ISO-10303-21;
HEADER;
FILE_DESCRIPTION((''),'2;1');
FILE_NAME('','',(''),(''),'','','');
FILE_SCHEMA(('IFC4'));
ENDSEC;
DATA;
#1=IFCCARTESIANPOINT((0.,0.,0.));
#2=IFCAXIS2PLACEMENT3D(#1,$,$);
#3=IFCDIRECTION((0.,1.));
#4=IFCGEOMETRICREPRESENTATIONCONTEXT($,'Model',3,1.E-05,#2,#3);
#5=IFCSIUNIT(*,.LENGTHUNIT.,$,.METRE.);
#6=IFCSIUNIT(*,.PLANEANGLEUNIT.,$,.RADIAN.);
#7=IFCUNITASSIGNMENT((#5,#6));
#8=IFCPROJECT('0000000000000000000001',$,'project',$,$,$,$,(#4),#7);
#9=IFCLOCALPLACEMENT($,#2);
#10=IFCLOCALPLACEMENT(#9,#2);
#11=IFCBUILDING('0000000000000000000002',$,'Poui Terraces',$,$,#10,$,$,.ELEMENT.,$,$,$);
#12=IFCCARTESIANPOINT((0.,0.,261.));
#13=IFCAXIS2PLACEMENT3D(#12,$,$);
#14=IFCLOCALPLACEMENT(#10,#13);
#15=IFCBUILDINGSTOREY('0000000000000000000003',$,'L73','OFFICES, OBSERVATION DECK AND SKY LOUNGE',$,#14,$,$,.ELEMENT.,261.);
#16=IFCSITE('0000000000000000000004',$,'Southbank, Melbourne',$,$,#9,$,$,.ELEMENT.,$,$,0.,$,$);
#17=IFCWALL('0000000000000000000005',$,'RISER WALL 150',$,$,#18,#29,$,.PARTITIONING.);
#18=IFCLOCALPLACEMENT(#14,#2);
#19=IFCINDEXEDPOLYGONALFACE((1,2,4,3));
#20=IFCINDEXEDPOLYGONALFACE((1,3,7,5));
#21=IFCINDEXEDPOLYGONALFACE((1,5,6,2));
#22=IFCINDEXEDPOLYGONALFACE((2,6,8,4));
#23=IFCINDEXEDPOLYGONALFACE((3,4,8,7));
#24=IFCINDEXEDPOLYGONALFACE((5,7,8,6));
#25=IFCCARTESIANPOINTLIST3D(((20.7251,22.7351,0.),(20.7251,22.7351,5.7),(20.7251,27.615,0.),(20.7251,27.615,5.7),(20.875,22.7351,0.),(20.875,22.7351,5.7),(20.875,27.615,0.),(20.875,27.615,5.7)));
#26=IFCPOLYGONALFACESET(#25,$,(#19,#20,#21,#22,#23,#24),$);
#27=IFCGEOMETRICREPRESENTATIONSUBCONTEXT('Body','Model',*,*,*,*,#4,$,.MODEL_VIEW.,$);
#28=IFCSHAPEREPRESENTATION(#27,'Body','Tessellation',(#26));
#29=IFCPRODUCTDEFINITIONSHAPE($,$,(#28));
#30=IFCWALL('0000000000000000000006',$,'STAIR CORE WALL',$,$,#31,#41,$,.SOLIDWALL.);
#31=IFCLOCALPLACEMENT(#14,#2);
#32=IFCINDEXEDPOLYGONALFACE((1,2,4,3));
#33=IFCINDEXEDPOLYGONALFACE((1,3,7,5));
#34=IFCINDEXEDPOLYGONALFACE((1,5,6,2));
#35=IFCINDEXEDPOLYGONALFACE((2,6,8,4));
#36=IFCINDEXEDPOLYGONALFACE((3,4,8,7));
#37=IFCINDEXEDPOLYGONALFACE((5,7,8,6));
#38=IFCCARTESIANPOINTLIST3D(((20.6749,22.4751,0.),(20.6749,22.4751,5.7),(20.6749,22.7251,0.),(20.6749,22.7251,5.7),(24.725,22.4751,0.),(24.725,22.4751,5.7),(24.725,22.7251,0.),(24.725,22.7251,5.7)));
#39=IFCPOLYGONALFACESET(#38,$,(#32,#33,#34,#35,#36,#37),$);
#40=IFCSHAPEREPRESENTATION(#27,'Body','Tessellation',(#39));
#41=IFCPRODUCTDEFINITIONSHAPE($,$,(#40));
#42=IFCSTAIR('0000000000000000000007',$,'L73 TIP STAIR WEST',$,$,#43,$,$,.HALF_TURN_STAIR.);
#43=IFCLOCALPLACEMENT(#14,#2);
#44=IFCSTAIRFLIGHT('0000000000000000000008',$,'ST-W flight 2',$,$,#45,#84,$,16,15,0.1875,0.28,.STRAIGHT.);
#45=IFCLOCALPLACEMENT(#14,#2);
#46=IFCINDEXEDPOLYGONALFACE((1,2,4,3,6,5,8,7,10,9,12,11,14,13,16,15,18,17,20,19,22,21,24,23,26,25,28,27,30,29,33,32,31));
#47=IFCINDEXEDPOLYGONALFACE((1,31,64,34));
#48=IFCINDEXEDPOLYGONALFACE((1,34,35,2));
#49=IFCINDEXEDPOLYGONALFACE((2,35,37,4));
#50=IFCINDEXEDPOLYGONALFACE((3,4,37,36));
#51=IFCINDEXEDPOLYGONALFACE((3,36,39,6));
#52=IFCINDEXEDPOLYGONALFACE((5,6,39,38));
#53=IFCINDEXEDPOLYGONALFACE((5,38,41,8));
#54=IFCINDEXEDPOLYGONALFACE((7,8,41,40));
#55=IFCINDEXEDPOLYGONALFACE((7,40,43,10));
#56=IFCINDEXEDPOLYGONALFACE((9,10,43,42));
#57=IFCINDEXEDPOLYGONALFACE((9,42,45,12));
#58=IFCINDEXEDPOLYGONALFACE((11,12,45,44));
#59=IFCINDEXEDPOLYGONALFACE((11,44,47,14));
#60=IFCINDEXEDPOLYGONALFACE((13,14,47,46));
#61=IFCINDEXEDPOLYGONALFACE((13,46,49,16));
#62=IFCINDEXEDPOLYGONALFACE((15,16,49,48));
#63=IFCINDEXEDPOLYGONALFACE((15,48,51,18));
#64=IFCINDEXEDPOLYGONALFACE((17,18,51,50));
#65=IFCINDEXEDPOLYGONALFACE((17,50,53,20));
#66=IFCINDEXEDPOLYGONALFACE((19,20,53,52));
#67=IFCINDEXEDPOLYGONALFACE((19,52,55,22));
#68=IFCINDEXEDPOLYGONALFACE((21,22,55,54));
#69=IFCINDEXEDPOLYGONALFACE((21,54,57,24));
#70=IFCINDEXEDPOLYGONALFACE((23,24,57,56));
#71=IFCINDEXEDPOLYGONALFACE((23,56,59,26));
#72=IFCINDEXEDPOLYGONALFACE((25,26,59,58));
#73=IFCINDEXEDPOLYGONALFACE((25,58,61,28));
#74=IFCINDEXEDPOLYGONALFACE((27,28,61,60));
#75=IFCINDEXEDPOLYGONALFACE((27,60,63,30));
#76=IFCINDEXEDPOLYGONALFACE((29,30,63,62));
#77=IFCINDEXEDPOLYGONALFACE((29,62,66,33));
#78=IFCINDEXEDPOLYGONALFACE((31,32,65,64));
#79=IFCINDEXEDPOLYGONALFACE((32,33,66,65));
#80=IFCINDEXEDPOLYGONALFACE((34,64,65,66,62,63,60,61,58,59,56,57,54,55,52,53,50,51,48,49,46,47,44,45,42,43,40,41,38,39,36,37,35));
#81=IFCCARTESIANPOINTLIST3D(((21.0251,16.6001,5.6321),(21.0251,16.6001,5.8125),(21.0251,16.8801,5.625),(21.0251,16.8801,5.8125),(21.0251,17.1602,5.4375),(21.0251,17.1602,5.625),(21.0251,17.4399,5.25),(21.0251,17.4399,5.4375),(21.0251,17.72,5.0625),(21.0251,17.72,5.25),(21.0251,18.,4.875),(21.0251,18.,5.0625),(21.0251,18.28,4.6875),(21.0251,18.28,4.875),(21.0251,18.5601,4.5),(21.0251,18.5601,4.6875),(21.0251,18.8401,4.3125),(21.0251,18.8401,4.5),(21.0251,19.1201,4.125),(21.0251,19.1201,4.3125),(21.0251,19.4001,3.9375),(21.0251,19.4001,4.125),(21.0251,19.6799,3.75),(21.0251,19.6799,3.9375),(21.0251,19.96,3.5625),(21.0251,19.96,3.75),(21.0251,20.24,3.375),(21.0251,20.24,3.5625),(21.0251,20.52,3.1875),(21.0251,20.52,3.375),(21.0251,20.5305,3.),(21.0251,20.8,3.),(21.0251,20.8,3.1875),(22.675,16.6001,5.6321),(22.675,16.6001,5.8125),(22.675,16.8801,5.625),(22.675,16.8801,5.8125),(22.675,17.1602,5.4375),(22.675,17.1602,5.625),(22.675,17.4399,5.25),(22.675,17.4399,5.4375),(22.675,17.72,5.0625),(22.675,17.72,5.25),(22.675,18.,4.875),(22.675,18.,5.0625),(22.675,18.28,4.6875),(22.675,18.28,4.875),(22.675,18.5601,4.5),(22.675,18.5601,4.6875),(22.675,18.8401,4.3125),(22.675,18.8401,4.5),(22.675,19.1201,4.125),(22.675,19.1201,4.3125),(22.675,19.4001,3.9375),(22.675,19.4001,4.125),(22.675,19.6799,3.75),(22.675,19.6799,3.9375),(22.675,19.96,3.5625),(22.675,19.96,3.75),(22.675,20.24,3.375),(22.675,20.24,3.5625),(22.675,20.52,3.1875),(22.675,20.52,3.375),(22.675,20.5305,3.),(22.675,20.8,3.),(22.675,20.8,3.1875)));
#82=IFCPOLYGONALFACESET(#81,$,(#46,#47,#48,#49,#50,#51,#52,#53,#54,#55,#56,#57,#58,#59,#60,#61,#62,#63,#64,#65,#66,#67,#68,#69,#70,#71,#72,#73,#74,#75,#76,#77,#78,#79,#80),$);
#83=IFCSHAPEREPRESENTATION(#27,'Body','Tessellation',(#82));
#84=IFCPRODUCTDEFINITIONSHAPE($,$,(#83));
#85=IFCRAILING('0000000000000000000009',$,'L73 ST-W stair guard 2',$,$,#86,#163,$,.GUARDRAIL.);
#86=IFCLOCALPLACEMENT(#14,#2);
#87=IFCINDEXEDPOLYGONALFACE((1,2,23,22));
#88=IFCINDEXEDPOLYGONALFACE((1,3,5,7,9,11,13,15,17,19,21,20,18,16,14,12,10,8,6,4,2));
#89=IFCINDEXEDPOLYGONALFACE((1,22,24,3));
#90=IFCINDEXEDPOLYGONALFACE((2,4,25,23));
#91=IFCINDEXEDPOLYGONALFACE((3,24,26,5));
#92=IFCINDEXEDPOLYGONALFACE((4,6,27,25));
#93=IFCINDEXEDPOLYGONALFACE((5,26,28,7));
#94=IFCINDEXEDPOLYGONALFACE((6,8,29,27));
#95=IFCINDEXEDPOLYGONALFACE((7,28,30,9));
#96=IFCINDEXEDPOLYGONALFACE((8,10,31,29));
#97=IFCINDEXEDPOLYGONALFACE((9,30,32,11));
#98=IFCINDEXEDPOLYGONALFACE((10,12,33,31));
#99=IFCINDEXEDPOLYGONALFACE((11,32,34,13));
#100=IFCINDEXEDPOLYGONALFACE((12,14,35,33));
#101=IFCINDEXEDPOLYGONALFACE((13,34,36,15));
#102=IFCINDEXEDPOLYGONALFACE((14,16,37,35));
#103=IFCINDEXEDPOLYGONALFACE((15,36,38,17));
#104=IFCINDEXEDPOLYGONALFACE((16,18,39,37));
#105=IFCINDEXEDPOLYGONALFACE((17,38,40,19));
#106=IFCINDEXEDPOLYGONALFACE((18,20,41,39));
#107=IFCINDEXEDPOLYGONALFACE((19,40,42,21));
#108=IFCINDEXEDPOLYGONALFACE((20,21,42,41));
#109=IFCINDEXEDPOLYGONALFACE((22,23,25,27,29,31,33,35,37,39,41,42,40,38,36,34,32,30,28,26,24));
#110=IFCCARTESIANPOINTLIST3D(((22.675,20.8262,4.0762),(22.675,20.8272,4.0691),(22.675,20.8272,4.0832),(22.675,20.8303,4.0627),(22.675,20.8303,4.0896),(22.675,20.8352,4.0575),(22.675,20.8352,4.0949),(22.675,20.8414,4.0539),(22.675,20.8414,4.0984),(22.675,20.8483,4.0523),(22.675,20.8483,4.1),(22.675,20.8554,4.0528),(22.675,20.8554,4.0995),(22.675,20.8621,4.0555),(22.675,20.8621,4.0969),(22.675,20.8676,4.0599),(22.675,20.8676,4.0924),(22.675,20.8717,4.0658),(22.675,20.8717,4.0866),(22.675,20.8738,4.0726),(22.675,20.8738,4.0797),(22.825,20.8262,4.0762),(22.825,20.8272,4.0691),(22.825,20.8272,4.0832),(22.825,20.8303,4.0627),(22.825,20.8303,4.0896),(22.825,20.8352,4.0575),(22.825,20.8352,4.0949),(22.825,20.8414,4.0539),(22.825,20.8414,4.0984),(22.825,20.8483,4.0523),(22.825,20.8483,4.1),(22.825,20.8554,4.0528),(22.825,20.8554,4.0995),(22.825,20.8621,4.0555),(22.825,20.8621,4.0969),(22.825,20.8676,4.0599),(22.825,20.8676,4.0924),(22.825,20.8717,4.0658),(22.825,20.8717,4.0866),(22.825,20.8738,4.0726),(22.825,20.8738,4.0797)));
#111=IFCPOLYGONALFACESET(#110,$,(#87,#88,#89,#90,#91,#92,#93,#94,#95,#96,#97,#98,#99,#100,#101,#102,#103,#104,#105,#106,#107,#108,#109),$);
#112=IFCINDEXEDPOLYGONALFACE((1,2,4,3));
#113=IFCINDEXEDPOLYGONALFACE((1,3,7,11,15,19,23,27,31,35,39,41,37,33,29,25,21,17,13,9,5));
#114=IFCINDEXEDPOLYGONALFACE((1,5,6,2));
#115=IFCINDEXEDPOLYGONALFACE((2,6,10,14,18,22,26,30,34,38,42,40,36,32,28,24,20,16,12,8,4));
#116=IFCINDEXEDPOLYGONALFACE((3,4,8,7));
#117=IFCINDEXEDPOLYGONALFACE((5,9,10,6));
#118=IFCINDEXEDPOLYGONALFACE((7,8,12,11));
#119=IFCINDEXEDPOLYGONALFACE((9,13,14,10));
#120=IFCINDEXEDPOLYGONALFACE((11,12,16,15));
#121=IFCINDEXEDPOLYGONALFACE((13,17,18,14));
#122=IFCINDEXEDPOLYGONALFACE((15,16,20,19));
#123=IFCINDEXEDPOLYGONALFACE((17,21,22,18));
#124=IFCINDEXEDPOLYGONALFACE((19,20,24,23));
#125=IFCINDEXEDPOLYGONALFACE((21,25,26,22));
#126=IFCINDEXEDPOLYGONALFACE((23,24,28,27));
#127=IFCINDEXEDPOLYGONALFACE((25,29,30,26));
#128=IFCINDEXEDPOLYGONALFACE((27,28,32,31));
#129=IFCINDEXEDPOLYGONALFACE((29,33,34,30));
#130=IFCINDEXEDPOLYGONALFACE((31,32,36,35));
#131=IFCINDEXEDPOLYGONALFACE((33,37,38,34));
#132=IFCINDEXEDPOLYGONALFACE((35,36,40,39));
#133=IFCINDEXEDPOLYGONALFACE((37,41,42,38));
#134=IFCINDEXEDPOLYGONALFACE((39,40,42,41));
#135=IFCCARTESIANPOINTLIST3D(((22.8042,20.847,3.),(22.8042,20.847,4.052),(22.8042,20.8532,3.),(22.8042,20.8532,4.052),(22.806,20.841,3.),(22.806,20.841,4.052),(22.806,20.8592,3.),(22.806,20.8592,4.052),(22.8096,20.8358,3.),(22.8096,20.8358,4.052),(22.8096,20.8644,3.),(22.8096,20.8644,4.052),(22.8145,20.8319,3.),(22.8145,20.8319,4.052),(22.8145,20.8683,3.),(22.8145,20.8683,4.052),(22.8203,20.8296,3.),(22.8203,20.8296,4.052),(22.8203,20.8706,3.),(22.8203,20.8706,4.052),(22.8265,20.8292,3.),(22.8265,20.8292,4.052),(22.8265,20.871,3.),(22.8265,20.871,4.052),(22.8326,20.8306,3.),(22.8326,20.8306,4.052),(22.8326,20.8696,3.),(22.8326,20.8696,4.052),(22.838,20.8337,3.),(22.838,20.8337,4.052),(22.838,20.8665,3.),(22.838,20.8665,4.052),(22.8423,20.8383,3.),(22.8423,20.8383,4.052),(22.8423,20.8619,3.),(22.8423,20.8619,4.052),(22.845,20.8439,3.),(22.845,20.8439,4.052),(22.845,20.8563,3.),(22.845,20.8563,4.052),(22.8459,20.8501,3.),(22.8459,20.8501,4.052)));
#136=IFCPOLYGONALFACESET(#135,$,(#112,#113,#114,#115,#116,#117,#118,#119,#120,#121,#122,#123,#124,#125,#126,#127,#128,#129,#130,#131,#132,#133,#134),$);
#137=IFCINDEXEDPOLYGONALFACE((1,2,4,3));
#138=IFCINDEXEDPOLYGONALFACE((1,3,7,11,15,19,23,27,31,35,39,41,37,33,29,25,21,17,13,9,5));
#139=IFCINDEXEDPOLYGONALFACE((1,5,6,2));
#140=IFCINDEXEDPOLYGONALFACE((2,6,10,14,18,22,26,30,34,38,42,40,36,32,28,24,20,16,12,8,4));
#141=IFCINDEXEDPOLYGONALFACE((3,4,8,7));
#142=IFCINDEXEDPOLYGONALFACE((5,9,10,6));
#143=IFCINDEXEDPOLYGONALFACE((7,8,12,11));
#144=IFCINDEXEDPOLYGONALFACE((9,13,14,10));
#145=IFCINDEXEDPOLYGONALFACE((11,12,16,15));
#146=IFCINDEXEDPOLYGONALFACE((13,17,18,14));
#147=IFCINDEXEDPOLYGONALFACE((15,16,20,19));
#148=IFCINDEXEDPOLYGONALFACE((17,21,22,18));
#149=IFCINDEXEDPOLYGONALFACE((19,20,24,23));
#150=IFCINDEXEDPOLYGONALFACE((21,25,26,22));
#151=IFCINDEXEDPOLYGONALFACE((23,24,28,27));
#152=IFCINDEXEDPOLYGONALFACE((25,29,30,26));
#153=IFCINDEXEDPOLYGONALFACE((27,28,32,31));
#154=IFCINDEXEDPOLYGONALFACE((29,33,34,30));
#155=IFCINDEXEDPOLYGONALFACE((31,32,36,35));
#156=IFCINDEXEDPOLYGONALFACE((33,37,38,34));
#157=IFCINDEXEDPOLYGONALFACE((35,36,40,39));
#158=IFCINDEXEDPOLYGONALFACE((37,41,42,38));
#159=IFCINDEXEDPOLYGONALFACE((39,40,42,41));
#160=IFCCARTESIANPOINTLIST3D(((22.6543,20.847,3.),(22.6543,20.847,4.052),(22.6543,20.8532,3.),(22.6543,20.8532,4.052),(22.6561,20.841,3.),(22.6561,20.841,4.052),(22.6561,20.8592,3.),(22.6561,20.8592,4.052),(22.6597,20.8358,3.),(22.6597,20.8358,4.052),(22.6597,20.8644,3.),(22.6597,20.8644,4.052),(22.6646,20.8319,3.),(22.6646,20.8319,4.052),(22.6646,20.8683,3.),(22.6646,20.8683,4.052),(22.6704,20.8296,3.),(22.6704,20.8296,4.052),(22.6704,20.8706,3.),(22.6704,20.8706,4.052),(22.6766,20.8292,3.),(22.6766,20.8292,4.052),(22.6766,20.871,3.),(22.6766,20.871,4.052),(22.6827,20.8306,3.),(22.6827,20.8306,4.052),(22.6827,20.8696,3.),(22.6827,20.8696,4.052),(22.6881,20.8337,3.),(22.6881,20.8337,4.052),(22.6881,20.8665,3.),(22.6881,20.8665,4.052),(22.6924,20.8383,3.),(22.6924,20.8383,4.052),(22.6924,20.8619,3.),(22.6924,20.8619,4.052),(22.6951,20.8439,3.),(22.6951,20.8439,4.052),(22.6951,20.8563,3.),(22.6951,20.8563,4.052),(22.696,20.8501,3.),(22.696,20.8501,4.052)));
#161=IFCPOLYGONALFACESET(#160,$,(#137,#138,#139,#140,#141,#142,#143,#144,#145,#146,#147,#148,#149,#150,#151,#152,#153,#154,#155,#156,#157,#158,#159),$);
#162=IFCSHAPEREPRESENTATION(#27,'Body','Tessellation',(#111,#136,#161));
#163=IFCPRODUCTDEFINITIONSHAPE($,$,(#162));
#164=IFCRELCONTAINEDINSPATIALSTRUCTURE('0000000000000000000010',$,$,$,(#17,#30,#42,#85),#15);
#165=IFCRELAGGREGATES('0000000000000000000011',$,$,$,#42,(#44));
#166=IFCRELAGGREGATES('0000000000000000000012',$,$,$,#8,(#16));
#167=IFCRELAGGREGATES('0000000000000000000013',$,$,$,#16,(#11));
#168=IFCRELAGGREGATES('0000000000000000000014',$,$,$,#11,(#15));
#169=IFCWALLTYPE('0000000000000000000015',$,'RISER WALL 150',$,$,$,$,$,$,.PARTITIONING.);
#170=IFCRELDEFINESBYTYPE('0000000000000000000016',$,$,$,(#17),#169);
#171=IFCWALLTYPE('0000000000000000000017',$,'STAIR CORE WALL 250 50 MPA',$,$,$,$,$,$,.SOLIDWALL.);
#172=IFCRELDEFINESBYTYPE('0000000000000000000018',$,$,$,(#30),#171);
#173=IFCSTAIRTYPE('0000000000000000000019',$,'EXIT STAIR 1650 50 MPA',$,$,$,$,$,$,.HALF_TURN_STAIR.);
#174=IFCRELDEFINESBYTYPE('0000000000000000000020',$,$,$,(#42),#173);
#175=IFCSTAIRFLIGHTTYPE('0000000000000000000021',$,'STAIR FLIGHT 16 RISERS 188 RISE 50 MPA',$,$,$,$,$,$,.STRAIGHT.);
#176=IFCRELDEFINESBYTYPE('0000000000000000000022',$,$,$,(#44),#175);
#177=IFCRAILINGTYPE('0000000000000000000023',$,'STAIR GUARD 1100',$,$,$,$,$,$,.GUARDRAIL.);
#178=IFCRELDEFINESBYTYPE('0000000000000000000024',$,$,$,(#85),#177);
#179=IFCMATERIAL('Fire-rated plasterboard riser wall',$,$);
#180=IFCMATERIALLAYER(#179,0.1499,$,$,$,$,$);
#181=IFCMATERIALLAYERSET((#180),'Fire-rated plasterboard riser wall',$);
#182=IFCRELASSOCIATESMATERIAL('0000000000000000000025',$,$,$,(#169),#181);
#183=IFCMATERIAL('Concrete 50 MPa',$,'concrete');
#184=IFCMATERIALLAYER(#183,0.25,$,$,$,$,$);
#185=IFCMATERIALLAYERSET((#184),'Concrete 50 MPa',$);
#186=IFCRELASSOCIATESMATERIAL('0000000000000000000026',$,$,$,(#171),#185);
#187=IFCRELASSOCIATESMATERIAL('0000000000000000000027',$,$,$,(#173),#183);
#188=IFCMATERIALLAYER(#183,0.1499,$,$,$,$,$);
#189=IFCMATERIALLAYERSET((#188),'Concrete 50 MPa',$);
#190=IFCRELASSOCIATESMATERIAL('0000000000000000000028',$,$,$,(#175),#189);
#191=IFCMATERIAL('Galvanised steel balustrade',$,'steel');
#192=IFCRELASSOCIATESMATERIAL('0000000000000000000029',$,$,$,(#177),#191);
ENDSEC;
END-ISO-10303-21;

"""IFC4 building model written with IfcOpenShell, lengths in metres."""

from ifc_helpers import new_model, si_unit, direction, frame, frame_2d, origin, origin_2d, place, context, subcontext, project, spatial, polyline, rectangle, circle, outline, extrude, material, layer, layer_set, type_object, element, aggregate, save


model = new_model("IFC4")

# Units and contexts
model_context = context("Model", 3, precision=1e-05, world=origin(), true_north=direction((0.0, 1.0)))
body_context = subcontext(model_context, "Body", "Model", "MODEL_VIEW")
ifc_project = project(units=[si_unit("LENGTHUNIT", "METRE"), si_unit("PLANEANGLEUNIT", "RADIAN")], contexts=[model_context])

# Site, building, storey
site_placement = place(None, origin())
site = spatial("IfcSite", under=ifc_project, at=site_placement, Name="Southbank, Melbourne", CompositionType="ELEMENT", RefElevation=0.0)
building_placement = place(site_placement, origin())
building = spatial("IfcBuilding", under=site, at=building_placement, Name="Poui Terraces", CompositionType="ELEMENT")
storey_placement = place(building_placement, frame((0.0, 0.0, 261.0)))
storey = spatial("IfcBuildingStorey", under=building, at=storey_placement, Name="L73", Description="OFFICES, OBSERVATION DECK AND SKY LOUNGE", CompositionType="ELEMENT", Elevation=261.0)

# Walls
ifc_material_1 = material(Name="Fire-rated plasterboard riser wall")
ifc_layer_1 = layer(ifc_material_1, 0.1499)
ifc_layer_set_1 = layer_set([ifc_layer_1], Name="Fire-rated plasterboard riser wall")
wall_type_1 = type_object("IfcWallType", Name="RISER WALL 150", PredefinedType="PARTITIONING", material=ifc_layer_set_1)
wall_1_placement = place(storey_placement, frame((20.8, 22.7351, 0.0), z_axis=(0.0, 0.0, 1.0), x_axis=(0.0, 1.0, 0.0)))
element("IfcWall", 1, at=wall_1_placement, inside=storey, type_object=wall_type_1, Name="RISER WALL 150", PredefinedType="PARTITIONING", context=body_context, shape_type="SweptSolid", body=[
    extrude(rectangle(XDim=4.8799, YDim=0.1499, at=frame_2d((2.4399, 0.0))), origin(), (0.0, 0.0, 1.0), 5.7),
])
ifc_material_2 = material(Name="Concrete 50 MPa", Category="concrete")
ifc_layer_2 = layer(ifc_material_2, 0.25)
ifc_layer_set_2 = layer_set([ifc_layer_2], Name="Concrete 50 MPa")
wall_type_2 = type_object("IfcWallType", Name="STAIR CORE WALL 250 50 MPA", PredefinedType="SOLIDWALL", material=ifc_layer_set_2)
wall_2_placement = place(storey_placement, frame((20.675, 22.6001, 0.0), z_axis=(0.0, 0.0, 1.0), x_axis=(1.0, 0.0, 0.0)))
element("IfcWall", 2, at=wall_2_placement, inside=storey, type_object=wall_type_2, Name="STAIR CORE WALL", PredefinedType="SOLIDWALL", context=body_context, shape_type="SweptSolid", body=[
    extrude(rectangle(XDim=4.05, YDim=0.25, at=frame_2d((2.0249, 0.0))), origin(), (0.0, 0.0, 1.0), 5.7),
])

# Stair, stair flight
stair_type = type_object("IfcStairType", Name="EXIT STAIR 1650 50 MPA", PredefinedType="HALF_TURN_STAIR", material=ifc_material_2)
stair_placement = place(storey_placement, origin())
stair = element("IfcStair", 3, at=stair_placement, inside=storey, type_object=stair_type, Name="L73 TIP STAIR WEST", PredefinedType="HALF_TURN_STAIR")
ifc_layer_3 = layer(ifc_material_2, 0.1499)
ifc_layer_set_3 = layer_set([ifc_layer_3], Name="Concrete 50 MPa")
stair_flight_type = type_object("IfcStairFlightType", Name="STAIR FLIGHT 16 RISERS 188 RISE 50 MPA", PredefinedType="STRAIGHT", material=ifc_layer_set_3)
stair_flight_placement = place(storey_placement, frame((21.8501, 20.8, 3.0), z_axis=(0.0, 0.0, 1.0), x_axis=(0.0, -1.0, 0.0)))
stair_flight = element("IfcStairFlight", 4, at=stair_flight_placement, type_object=stair_flight_type, Name="ST-W flight 2", NumberOfRisers=16, NumberOfTreads=15, PredefinedType="STRAIGHT", RiserHeight=0.1875, TreadLength=0.28, context=body_context, shape_type="SweptSolid", body=[
    extrude(outline(polyline([(0.0, 0.0), (0.0, 0.1875), (0.28, 0.1875), (0.28, 0.375), (0.5601, 0.375), (0.5601, 0.5625), (0.8401, 0.5625), (0.8401, 0.75), (1.1201, 0.75), (1.1201, 0.9375), (1.3999, 0.9375), (1.3999, 1.125), (1.6799, 1.125), (1.6799, 1.3125), (1.96, 1.3125), (1.96, 1.5), (2.24, 1.5), (2.24, 1.6875), (2.52, 1.6875), (2.52, 1.875), (2.8, 1.875), (2.8, 2.0625), (3.0801, 2.0625), (3.0801, 2.25), (3.3601, 2.25), (3.3601, 2.4375), (3.6399, 2.4375), (3.6399, 2.625), (3.9199, 2.625), (3.9199, 2.8125), (4.2, 2.8125), (4.2, 3.0), (4.2, 2.6321), (0.2695, 0.0), (0.0, 0.0)])), frame((0.0, 0.825, 0.0), z_axis=(0.0, -1.0, 0.0), x_axis=(1.0, 0.0, 0.0)), (0.0, 0.0, 1.0), 1.6499),
])
aggregate(stair, [stair_flight])

# Railing
ifc_material_3 = material(Name="Galvanised steel balustrade", Category="steel")
railing_type_1 = type_object("IfcRailingType", Name="STAIR GUARD 1100", PredefinedType="GUARDRAIL", material=ifc_material_3)
railing_1_placement = place(storey_placement, frame((22.825, 20.8501, 3.0)))
element("IfcRailing", 5, at=railing_1_placement, inside=storey, type_object=railing_type_1, Name="L73 ST-W stair guard 2", PredefinedType="GUARDRAIL", context=body_context, shape_type="SweptSolid", body=[
    extrude(circle(Radius=0.0239, at=origin_2d()), frame((0.0, 0.0, 1.0762), z_axis=(-1.0, 0.0, 0.0), x_axis=(0.0, -1.0, 0.0)), (0.0, 0.0, 1.0), 0.1499),
    extrude(circle(Radius=0.021, at=origin_2d()), origin(), (0.0, 0.0, 1.0), 1.052),
    extrude(circle(Radius=0.021, at=origin_2d()), frame((-0.1499, 0.0, 0.0)), (0.0, 0.0, 1.0), 1.052),
])

save(model, "model.ifc")
